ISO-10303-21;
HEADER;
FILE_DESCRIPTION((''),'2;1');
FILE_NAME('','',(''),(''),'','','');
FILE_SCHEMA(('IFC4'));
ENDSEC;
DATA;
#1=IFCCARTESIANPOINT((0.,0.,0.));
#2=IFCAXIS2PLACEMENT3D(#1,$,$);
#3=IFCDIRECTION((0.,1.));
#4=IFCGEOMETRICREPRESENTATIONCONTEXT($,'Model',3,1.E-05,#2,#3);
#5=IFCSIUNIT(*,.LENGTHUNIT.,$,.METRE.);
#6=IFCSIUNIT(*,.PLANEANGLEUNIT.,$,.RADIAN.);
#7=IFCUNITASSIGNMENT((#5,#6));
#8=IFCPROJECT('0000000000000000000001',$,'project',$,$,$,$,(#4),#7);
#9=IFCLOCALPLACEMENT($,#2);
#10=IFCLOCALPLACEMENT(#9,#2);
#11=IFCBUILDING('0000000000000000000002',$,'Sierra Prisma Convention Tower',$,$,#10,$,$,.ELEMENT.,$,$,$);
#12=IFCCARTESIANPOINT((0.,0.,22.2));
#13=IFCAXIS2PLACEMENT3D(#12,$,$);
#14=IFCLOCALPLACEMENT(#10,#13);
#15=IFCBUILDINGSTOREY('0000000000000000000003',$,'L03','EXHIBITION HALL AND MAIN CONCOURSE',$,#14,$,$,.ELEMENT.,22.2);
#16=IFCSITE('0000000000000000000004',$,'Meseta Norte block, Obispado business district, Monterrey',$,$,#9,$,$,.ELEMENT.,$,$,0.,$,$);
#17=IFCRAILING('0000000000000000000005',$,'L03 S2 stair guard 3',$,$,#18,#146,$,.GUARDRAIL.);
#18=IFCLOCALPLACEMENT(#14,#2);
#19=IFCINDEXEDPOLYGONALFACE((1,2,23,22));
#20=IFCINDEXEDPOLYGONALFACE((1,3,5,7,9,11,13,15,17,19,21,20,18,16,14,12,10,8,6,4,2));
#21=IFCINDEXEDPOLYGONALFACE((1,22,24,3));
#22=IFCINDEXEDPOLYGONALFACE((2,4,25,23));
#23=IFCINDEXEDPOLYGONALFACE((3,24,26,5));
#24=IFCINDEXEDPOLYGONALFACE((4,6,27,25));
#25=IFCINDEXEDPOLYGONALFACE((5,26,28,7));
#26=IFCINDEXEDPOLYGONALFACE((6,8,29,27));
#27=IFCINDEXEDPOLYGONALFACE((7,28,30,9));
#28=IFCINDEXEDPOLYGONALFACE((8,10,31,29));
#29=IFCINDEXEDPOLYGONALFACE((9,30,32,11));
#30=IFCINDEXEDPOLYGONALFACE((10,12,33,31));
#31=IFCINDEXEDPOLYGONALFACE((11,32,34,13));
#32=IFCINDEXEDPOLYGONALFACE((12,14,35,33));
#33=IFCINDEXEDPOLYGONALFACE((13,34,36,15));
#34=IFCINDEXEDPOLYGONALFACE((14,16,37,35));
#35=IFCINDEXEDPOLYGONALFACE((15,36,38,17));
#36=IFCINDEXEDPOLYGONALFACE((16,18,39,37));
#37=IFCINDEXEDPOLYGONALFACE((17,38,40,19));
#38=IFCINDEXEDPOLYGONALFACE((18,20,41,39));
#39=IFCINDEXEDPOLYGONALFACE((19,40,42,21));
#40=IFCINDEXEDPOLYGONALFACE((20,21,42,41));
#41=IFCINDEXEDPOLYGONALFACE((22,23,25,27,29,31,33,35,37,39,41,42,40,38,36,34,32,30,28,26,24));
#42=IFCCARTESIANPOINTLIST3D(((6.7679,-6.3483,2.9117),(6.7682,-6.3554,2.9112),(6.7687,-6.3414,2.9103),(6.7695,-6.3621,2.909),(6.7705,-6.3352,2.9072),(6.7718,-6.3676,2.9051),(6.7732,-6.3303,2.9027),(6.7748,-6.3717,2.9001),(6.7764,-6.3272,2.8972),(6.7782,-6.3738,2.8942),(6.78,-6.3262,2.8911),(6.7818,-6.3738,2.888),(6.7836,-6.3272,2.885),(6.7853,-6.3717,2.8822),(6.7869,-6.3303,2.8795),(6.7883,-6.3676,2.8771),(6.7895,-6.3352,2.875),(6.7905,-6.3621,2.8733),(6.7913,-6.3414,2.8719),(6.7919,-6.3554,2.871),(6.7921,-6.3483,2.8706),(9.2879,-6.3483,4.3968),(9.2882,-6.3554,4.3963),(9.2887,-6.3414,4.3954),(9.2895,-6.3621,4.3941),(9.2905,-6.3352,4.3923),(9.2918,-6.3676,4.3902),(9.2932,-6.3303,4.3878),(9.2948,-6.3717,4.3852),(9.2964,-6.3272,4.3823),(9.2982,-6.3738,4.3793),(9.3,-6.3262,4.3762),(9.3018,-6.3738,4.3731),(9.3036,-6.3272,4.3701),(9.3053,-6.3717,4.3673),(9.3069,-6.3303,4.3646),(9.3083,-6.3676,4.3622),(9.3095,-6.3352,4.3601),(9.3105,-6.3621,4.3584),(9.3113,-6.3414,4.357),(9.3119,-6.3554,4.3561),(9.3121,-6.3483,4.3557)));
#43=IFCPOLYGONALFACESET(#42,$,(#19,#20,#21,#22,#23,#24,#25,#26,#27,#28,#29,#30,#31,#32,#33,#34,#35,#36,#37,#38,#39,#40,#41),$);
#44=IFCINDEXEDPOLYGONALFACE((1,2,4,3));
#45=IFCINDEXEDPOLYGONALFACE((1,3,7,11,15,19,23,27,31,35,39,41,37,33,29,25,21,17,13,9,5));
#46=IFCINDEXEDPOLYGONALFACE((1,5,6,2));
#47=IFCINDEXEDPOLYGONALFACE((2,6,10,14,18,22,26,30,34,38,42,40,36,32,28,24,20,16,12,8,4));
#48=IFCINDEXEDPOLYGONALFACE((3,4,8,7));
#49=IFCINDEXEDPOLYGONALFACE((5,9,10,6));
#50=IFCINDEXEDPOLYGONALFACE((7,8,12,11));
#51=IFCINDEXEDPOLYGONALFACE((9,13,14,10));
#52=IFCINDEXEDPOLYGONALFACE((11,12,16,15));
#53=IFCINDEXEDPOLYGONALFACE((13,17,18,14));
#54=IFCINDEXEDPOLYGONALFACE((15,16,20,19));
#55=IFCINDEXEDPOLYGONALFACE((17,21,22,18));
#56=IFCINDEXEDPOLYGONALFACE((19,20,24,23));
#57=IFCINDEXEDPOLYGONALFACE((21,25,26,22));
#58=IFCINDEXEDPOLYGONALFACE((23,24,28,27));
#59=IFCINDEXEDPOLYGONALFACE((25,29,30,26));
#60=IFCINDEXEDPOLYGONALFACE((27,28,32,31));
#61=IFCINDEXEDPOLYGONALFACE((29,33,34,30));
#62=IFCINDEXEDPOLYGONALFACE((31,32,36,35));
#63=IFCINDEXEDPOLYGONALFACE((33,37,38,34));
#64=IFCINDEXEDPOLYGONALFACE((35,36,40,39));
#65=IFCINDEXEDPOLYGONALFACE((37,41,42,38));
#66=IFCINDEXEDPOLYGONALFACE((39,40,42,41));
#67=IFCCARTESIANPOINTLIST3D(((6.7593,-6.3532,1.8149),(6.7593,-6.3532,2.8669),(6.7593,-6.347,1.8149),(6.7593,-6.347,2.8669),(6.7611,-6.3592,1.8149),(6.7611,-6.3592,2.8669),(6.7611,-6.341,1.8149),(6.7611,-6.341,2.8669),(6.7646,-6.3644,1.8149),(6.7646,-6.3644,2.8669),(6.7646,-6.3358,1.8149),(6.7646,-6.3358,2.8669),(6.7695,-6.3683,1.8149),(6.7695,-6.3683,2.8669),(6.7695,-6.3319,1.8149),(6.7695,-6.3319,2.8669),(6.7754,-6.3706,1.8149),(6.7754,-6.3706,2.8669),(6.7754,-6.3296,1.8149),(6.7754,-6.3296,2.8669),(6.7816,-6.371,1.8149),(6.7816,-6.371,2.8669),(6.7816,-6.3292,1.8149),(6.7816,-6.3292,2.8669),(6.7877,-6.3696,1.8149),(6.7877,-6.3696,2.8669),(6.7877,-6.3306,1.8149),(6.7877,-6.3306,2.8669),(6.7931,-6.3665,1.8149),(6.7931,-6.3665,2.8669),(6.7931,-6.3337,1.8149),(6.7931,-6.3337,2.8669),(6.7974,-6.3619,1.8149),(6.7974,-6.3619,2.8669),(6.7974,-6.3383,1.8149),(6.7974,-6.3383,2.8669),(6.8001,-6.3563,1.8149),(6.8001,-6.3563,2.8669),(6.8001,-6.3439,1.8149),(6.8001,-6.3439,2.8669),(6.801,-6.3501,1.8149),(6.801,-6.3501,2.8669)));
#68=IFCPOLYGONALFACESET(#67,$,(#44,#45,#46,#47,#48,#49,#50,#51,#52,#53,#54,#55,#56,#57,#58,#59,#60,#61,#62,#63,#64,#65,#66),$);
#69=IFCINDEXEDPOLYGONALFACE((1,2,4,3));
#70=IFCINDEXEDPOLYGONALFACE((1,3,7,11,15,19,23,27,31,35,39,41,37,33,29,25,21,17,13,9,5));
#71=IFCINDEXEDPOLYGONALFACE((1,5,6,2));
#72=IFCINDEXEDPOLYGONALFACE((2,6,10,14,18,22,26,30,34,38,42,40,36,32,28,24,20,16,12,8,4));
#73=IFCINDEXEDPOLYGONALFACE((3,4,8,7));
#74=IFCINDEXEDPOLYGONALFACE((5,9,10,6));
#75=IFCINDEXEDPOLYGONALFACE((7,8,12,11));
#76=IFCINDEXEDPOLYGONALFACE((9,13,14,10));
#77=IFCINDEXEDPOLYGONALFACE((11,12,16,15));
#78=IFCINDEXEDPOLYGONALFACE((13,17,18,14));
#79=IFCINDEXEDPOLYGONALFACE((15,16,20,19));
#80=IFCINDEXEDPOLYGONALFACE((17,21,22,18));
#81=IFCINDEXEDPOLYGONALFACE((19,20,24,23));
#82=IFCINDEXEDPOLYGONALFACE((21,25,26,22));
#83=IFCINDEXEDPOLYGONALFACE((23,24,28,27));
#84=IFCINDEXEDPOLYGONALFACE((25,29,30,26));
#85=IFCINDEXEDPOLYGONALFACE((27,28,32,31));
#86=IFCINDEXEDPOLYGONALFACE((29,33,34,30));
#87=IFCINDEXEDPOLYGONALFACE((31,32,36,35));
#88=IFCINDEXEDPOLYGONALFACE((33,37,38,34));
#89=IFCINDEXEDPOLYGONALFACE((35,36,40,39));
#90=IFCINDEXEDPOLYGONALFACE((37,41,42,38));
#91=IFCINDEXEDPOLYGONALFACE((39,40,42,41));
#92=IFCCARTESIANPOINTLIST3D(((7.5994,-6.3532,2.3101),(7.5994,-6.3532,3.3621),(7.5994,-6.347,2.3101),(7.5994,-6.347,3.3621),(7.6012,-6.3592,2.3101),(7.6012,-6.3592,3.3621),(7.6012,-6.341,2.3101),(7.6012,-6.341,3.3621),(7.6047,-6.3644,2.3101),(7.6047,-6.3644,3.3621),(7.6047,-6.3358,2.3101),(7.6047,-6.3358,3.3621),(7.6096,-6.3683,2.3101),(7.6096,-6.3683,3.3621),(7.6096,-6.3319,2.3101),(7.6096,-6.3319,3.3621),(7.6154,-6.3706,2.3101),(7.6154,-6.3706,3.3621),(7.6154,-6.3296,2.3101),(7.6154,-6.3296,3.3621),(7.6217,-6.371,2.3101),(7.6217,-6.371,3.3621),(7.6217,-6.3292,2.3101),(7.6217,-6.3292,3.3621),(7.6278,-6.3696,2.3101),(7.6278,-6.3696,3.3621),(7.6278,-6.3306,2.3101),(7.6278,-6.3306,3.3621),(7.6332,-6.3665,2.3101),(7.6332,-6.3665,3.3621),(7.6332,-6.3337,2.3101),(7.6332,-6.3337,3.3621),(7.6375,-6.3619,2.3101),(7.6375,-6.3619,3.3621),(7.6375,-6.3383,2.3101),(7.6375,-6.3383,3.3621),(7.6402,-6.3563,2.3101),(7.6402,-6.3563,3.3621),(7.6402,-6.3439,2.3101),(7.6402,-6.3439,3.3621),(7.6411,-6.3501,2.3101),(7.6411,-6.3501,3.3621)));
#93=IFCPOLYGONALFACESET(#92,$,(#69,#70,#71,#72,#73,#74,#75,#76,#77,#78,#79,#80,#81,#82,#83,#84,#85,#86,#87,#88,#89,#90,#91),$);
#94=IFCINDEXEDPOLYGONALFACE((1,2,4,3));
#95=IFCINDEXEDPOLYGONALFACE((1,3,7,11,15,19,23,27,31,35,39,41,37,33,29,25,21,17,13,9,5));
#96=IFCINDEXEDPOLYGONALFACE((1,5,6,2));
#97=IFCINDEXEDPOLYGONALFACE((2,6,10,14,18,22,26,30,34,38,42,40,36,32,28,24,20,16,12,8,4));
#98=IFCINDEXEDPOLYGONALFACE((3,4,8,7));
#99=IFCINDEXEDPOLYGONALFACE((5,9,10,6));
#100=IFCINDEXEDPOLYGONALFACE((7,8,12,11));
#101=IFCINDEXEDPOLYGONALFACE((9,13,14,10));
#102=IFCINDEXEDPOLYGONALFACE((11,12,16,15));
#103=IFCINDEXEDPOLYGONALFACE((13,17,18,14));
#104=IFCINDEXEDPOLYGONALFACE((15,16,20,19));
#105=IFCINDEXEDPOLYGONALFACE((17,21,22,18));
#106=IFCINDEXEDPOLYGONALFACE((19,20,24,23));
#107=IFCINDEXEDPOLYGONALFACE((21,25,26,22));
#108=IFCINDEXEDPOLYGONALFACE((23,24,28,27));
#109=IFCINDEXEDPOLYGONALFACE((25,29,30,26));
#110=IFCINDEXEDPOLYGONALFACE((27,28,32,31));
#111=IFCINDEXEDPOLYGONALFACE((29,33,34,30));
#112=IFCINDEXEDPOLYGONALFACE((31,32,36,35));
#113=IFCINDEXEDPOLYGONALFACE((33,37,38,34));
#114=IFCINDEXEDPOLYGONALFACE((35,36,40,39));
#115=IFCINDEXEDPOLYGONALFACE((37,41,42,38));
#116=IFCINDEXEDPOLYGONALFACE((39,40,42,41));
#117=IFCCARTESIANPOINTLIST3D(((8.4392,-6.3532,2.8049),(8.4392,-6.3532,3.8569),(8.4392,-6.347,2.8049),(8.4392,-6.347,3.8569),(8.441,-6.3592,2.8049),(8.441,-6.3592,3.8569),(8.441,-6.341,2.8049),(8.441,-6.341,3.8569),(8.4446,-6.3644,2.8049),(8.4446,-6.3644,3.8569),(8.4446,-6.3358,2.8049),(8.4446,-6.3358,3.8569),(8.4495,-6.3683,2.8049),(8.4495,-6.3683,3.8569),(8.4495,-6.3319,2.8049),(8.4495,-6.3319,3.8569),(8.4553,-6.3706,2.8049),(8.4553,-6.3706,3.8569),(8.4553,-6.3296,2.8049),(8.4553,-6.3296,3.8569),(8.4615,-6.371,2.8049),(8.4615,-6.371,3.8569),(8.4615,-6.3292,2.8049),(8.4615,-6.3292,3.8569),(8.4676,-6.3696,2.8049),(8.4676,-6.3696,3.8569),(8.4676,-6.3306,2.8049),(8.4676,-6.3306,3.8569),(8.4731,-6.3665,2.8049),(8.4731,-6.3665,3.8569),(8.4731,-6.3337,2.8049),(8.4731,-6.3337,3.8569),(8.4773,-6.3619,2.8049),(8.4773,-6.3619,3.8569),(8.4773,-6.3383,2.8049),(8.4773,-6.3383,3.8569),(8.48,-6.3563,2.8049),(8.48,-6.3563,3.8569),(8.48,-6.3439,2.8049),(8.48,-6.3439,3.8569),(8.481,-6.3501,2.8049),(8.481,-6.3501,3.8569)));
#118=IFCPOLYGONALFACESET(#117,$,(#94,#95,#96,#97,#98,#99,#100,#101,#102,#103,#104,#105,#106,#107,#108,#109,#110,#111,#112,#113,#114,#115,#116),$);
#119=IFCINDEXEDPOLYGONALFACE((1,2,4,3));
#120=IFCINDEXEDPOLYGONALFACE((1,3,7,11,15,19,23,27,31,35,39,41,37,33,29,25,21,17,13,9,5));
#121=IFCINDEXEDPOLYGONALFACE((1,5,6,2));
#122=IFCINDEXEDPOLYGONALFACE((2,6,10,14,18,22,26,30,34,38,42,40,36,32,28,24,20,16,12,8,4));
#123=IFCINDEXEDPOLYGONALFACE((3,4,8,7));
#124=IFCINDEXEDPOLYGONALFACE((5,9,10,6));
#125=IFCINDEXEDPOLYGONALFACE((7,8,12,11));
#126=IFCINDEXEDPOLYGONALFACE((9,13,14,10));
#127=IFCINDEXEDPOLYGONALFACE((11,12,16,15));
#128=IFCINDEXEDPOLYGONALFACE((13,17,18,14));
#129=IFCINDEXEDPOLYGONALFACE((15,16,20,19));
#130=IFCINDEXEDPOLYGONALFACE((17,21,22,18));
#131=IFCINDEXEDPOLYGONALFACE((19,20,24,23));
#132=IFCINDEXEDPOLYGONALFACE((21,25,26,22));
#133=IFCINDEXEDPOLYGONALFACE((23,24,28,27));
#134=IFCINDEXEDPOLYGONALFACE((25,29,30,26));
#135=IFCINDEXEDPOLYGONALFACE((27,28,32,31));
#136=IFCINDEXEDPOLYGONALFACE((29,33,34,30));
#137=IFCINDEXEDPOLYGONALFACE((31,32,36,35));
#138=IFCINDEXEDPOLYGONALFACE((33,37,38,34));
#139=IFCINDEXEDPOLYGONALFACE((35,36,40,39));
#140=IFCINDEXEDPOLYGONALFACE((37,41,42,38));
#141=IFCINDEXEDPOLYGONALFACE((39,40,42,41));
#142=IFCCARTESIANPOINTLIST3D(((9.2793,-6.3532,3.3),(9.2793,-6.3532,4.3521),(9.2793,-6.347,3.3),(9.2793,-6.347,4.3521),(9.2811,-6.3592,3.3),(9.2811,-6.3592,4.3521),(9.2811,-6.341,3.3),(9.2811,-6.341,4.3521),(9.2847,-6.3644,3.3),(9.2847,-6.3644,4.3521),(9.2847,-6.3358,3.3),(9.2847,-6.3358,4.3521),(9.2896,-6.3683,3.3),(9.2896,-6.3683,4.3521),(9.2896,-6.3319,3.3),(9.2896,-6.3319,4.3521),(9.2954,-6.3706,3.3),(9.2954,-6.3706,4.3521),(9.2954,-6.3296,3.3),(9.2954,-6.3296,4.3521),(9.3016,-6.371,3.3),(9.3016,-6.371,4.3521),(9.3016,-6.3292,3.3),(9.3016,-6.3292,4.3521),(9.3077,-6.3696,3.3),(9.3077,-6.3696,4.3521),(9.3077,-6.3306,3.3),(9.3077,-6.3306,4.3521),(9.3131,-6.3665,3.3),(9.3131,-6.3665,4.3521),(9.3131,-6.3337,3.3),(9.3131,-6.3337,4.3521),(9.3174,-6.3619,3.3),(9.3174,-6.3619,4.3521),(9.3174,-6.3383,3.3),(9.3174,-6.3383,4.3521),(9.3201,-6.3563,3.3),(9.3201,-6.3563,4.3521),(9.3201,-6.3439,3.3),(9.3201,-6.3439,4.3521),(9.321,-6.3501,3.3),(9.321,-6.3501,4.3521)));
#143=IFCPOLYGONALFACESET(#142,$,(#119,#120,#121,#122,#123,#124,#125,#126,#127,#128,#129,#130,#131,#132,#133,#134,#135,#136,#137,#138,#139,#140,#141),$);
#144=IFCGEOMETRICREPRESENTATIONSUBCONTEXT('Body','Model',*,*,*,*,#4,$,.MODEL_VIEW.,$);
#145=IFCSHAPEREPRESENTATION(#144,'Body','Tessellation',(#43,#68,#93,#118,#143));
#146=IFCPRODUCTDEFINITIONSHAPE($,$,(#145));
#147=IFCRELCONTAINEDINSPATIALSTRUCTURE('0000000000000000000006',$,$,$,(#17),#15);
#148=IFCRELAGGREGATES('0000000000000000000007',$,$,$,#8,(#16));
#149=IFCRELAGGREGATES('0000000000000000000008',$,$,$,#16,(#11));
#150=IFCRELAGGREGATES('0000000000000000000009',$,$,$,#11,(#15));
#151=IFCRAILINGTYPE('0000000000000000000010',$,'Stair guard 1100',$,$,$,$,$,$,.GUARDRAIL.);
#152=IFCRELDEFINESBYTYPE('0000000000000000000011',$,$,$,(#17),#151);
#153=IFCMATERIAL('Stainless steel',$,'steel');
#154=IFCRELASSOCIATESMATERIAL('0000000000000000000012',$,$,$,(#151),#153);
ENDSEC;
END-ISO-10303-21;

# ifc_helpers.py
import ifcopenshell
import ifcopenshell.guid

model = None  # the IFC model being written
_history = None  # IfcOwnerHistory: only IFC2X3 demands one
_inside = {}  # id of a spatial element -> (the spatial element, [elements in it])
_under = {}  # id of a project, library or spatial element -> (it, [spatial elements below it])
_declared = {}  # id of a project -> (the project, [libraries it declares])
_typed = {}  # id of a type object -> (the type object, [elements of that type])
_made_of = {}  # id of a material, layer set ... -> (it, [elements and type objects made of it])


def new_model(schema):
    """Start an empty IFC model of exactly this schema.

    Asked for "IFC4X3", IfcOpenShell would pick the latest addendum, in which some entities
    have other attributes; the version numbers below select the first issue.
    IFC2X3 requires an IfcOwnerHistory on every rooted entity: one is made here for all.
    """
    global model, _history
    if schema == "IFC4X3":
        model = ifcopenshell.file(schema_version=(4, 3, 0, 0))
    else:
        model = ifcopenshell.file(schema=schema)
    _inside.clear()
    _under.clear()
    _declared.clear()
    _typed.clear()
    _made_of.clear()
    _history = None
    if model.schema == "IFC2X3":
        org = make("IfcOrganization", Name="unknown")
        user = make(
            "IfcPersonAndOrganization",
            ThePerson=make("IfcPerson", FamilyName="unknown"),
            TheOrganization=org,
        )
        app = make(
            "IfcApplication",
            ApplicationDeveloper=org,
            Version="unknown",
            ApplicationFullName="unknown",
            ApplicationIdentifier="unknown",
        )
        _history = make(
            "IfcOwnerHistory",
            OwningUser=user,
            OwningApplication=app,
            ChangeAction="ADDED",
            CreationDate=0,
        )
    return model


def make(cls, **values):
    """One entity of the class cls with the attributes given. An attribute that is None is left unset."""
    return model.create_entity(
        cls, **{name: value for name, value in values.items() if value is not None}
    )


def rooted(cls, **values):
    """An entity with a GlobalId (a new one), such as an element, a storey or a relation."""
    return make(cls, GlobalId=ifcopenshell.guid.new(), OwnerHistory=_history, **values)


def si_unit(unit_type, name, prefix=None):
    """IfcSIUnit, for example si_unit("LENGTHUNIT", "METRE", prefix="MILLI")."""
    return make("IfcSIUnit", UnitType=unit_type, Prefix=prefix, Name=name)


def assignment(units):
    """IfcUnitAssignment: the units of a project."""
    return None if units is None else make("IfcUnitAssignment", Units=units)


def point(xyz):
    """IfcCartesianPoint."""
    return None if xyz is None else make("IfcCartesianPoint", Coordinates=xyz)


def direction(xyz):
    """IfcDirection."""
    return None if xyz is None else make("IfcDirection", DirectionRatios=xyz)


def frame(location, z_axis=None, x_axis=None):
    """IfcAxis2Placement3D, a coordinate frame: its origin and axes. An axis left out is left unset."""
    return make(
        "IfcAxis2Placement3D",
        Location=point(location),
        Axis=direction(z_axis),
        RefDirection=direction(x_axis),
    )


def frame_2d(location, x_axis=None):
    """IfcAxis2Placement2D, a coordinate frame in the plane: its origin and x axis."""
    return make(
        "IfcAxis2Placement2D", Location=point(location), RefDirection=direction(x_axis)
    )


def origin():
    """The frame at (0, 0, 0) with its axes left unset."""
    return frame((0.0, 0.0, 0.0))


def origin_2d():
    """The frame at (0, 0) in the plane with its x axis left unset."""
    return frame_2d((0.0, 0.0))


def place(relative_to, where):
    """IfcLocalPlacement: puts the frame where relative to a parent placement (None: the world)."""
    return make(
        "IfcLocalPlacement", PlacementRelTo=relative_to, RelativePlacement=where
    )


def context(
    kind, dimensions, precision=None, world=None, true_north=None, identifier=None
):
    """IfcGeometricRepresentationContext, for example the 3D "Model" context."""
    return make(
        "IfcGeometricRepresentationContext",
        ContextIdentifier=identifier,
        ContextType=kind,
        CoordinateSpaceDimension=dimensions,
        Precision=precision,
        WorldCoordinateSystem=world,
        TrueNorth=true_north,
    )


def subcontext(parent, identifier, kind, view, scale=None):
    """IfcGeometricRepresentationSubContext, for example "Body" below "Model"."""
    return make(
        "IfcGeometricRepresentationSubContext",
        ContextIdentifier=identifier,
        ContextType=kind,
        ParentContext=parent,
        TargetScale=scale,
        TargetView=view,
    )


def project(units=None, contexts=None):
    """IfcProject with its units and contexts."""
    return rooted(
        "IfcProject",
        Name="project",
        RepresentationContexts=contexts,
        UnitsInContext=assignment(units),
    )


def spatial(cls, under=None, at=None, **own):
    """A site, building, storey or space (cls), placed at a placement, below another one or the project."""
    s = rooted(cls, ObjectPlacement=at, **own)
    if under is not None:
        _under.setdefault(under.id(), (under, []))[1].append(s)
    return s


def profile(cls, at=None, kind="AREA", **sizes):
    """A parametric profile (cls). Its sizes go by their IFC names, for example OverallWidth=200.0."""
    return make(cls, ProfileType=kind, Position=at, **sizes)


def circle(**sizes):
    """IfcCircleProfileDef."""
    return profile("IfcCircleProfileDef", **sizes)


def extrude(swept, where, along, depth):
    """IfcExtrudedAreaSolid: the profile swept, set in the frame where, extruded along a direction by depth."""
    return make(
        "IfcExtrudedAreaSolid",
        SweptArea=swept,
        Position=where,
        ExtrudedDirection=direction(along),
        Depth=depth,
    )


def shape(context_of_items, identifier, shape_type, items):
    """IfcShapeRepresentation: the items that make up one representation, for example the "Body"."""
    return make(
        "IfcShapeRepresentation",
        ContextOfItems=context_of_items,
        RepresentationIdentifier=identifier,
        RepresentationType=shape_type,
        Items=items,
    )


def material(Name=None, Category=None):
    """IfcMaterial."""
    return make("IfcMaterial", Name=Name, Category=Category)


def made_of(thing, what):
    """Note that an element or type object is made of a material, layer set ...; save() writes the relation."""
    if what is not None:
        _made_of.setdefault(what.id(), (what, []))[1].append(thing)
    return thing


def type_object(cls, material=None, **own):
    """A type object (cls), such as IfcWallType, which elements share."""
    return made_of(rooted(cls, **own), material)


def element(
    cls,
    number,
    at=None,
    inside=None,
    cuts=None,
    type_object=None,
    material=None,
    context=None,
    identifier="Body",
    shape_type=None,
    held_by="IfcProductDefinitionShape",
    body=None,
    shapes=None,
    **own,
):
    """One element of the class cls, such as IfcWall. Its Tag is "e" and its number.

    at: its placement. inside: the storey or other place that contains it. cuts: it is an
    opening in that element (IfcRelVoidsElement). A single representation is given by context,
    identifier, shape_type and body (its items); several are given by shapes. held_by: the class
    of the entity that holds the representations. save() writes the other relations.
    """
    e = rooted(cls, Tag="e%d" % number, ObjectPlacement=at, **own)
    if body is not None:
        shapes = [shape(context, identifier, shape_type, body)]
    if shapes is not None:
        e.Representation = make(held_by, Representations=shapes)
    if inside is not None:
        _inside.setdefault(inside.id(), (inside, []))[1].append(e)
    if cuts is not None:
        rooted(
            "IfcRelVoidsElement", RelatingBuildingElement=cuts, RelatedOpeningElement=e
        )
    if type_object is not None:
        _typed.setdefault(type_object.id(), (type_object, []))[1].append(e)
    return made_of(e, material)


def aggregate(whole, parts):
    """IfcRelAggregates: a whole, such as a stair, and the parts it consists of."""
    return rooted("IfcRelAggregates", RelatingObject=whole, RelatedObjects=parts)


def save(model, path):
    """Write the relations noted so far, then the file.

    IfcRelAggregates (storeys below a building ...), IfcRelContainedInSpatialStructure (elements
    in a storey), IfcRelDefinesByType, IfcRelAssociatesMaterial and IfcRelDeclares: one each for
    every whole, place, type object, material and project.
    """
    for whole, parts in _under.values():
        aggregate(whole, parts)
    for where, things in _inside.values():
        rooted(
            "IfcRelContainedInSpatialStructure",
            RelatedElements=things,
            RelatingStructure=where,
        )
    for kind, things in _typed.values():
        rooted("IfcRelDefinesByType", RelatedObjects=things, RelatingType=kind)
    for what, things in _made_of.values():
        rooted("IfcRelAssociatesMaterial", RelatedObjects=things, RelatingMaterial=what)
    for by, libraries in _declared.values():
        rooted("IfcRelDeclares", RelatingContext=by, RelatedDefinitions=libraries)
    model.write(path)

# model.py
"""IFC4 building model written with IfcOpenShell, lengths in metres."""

from ifc_helpers import new_model, si_unit, direction, frame, origin, origin_2d, place, context, subcontext, project, spatial, circle, extrude, material, type_object, element, save


model = new_model("IFC4")

# Units and contexts
model_context = context("Model", 3, precision=1e-05, world=origin(), true_north=direction((0.0, 1.0)))
body_context = subcontext(model_context, "Body", "Model", "MODEL_VIEW")
ifc_project = project(units=[si_unit("LENGTHUNIT", "METRE"), si_unit("PLANEANGLEUNIT", "RADIAN")], contexts=[model_context])

# Site, building, storey
site_placement = place(None, origin())
site = spatial("IfcSite", under=ifc_project, at=site_placement, Name="Meseta Norte block, Obispado business district, Monterrey", CompositionType="ELEMENT", RefElevation=0.0)
building_placement = place(site_placement, origin())
building = spatial("IfcBuilding", under=site, at=building_placement, Name="Sierra Prisma Convention Tower", CompositionType="ELEMENT")
storey_placement = place(building_placement, frame((0.0, 0.0, 22.2)))
storey = spatial("IfcBuildingStorey", under=building, at=storey_placement, Name="L03", Description="EXHIBITION HALL AND MAIN CONCOURSE", CompositionType="ELEMENT", Elevation=22.2)

# Railing
ifc_material_1 = material(Name="Stainless steel", Category="steel")
railing_type_1 = type_object("IfcRailingType", Name="Stair guard 1100", PredefinedType="GUARDRAIL", material=ifc_material_1)
railing_1_placement = place(storey_placement, frame((6.78, -6.3501, 1.8149)))
element("IfcRailing", 1, at=railing_1_placement, inside=storey, type_object=railing_type_1, Name="L03 S2 stair guard 3", PredefinedType="GUARDRAIL", context=body_context, shape_type="SweptSolid", body=[
    extrude(circle(Radius=0.0239, at=origin_2d()), frame((0.0, 0.0, 1.0762), z_axis=(0.861524, 0.0, 0.507717), x_axis=(0.0, 1.0, 0.0)), (0.0, 0.0, 1.0), 2.925),
    extrude(circle(Radius=0.021, at=origin_2d()), origin(), (0.0, 0.0, 1.0), 1.052),
    extrude(circle(Radius=0.021, at=origin_2d()), frame((0.8401, 0.0, 0.4951)), (0.0, 0.0, 1.0), 1.052),
    extrude(circle(Radius=0.021, at=origin_2d()), frame((1.6799, 0.0, 0.99)), (0.0, 0.0, 1.0), 1.052),
    extrude(circle(Radius=0.021, at=origin_2d()), frame((2.52, 0.0, 1.4851)), (0.0, 0.0, 1.0), 1.052),
])

save(model, "model.ifc")
